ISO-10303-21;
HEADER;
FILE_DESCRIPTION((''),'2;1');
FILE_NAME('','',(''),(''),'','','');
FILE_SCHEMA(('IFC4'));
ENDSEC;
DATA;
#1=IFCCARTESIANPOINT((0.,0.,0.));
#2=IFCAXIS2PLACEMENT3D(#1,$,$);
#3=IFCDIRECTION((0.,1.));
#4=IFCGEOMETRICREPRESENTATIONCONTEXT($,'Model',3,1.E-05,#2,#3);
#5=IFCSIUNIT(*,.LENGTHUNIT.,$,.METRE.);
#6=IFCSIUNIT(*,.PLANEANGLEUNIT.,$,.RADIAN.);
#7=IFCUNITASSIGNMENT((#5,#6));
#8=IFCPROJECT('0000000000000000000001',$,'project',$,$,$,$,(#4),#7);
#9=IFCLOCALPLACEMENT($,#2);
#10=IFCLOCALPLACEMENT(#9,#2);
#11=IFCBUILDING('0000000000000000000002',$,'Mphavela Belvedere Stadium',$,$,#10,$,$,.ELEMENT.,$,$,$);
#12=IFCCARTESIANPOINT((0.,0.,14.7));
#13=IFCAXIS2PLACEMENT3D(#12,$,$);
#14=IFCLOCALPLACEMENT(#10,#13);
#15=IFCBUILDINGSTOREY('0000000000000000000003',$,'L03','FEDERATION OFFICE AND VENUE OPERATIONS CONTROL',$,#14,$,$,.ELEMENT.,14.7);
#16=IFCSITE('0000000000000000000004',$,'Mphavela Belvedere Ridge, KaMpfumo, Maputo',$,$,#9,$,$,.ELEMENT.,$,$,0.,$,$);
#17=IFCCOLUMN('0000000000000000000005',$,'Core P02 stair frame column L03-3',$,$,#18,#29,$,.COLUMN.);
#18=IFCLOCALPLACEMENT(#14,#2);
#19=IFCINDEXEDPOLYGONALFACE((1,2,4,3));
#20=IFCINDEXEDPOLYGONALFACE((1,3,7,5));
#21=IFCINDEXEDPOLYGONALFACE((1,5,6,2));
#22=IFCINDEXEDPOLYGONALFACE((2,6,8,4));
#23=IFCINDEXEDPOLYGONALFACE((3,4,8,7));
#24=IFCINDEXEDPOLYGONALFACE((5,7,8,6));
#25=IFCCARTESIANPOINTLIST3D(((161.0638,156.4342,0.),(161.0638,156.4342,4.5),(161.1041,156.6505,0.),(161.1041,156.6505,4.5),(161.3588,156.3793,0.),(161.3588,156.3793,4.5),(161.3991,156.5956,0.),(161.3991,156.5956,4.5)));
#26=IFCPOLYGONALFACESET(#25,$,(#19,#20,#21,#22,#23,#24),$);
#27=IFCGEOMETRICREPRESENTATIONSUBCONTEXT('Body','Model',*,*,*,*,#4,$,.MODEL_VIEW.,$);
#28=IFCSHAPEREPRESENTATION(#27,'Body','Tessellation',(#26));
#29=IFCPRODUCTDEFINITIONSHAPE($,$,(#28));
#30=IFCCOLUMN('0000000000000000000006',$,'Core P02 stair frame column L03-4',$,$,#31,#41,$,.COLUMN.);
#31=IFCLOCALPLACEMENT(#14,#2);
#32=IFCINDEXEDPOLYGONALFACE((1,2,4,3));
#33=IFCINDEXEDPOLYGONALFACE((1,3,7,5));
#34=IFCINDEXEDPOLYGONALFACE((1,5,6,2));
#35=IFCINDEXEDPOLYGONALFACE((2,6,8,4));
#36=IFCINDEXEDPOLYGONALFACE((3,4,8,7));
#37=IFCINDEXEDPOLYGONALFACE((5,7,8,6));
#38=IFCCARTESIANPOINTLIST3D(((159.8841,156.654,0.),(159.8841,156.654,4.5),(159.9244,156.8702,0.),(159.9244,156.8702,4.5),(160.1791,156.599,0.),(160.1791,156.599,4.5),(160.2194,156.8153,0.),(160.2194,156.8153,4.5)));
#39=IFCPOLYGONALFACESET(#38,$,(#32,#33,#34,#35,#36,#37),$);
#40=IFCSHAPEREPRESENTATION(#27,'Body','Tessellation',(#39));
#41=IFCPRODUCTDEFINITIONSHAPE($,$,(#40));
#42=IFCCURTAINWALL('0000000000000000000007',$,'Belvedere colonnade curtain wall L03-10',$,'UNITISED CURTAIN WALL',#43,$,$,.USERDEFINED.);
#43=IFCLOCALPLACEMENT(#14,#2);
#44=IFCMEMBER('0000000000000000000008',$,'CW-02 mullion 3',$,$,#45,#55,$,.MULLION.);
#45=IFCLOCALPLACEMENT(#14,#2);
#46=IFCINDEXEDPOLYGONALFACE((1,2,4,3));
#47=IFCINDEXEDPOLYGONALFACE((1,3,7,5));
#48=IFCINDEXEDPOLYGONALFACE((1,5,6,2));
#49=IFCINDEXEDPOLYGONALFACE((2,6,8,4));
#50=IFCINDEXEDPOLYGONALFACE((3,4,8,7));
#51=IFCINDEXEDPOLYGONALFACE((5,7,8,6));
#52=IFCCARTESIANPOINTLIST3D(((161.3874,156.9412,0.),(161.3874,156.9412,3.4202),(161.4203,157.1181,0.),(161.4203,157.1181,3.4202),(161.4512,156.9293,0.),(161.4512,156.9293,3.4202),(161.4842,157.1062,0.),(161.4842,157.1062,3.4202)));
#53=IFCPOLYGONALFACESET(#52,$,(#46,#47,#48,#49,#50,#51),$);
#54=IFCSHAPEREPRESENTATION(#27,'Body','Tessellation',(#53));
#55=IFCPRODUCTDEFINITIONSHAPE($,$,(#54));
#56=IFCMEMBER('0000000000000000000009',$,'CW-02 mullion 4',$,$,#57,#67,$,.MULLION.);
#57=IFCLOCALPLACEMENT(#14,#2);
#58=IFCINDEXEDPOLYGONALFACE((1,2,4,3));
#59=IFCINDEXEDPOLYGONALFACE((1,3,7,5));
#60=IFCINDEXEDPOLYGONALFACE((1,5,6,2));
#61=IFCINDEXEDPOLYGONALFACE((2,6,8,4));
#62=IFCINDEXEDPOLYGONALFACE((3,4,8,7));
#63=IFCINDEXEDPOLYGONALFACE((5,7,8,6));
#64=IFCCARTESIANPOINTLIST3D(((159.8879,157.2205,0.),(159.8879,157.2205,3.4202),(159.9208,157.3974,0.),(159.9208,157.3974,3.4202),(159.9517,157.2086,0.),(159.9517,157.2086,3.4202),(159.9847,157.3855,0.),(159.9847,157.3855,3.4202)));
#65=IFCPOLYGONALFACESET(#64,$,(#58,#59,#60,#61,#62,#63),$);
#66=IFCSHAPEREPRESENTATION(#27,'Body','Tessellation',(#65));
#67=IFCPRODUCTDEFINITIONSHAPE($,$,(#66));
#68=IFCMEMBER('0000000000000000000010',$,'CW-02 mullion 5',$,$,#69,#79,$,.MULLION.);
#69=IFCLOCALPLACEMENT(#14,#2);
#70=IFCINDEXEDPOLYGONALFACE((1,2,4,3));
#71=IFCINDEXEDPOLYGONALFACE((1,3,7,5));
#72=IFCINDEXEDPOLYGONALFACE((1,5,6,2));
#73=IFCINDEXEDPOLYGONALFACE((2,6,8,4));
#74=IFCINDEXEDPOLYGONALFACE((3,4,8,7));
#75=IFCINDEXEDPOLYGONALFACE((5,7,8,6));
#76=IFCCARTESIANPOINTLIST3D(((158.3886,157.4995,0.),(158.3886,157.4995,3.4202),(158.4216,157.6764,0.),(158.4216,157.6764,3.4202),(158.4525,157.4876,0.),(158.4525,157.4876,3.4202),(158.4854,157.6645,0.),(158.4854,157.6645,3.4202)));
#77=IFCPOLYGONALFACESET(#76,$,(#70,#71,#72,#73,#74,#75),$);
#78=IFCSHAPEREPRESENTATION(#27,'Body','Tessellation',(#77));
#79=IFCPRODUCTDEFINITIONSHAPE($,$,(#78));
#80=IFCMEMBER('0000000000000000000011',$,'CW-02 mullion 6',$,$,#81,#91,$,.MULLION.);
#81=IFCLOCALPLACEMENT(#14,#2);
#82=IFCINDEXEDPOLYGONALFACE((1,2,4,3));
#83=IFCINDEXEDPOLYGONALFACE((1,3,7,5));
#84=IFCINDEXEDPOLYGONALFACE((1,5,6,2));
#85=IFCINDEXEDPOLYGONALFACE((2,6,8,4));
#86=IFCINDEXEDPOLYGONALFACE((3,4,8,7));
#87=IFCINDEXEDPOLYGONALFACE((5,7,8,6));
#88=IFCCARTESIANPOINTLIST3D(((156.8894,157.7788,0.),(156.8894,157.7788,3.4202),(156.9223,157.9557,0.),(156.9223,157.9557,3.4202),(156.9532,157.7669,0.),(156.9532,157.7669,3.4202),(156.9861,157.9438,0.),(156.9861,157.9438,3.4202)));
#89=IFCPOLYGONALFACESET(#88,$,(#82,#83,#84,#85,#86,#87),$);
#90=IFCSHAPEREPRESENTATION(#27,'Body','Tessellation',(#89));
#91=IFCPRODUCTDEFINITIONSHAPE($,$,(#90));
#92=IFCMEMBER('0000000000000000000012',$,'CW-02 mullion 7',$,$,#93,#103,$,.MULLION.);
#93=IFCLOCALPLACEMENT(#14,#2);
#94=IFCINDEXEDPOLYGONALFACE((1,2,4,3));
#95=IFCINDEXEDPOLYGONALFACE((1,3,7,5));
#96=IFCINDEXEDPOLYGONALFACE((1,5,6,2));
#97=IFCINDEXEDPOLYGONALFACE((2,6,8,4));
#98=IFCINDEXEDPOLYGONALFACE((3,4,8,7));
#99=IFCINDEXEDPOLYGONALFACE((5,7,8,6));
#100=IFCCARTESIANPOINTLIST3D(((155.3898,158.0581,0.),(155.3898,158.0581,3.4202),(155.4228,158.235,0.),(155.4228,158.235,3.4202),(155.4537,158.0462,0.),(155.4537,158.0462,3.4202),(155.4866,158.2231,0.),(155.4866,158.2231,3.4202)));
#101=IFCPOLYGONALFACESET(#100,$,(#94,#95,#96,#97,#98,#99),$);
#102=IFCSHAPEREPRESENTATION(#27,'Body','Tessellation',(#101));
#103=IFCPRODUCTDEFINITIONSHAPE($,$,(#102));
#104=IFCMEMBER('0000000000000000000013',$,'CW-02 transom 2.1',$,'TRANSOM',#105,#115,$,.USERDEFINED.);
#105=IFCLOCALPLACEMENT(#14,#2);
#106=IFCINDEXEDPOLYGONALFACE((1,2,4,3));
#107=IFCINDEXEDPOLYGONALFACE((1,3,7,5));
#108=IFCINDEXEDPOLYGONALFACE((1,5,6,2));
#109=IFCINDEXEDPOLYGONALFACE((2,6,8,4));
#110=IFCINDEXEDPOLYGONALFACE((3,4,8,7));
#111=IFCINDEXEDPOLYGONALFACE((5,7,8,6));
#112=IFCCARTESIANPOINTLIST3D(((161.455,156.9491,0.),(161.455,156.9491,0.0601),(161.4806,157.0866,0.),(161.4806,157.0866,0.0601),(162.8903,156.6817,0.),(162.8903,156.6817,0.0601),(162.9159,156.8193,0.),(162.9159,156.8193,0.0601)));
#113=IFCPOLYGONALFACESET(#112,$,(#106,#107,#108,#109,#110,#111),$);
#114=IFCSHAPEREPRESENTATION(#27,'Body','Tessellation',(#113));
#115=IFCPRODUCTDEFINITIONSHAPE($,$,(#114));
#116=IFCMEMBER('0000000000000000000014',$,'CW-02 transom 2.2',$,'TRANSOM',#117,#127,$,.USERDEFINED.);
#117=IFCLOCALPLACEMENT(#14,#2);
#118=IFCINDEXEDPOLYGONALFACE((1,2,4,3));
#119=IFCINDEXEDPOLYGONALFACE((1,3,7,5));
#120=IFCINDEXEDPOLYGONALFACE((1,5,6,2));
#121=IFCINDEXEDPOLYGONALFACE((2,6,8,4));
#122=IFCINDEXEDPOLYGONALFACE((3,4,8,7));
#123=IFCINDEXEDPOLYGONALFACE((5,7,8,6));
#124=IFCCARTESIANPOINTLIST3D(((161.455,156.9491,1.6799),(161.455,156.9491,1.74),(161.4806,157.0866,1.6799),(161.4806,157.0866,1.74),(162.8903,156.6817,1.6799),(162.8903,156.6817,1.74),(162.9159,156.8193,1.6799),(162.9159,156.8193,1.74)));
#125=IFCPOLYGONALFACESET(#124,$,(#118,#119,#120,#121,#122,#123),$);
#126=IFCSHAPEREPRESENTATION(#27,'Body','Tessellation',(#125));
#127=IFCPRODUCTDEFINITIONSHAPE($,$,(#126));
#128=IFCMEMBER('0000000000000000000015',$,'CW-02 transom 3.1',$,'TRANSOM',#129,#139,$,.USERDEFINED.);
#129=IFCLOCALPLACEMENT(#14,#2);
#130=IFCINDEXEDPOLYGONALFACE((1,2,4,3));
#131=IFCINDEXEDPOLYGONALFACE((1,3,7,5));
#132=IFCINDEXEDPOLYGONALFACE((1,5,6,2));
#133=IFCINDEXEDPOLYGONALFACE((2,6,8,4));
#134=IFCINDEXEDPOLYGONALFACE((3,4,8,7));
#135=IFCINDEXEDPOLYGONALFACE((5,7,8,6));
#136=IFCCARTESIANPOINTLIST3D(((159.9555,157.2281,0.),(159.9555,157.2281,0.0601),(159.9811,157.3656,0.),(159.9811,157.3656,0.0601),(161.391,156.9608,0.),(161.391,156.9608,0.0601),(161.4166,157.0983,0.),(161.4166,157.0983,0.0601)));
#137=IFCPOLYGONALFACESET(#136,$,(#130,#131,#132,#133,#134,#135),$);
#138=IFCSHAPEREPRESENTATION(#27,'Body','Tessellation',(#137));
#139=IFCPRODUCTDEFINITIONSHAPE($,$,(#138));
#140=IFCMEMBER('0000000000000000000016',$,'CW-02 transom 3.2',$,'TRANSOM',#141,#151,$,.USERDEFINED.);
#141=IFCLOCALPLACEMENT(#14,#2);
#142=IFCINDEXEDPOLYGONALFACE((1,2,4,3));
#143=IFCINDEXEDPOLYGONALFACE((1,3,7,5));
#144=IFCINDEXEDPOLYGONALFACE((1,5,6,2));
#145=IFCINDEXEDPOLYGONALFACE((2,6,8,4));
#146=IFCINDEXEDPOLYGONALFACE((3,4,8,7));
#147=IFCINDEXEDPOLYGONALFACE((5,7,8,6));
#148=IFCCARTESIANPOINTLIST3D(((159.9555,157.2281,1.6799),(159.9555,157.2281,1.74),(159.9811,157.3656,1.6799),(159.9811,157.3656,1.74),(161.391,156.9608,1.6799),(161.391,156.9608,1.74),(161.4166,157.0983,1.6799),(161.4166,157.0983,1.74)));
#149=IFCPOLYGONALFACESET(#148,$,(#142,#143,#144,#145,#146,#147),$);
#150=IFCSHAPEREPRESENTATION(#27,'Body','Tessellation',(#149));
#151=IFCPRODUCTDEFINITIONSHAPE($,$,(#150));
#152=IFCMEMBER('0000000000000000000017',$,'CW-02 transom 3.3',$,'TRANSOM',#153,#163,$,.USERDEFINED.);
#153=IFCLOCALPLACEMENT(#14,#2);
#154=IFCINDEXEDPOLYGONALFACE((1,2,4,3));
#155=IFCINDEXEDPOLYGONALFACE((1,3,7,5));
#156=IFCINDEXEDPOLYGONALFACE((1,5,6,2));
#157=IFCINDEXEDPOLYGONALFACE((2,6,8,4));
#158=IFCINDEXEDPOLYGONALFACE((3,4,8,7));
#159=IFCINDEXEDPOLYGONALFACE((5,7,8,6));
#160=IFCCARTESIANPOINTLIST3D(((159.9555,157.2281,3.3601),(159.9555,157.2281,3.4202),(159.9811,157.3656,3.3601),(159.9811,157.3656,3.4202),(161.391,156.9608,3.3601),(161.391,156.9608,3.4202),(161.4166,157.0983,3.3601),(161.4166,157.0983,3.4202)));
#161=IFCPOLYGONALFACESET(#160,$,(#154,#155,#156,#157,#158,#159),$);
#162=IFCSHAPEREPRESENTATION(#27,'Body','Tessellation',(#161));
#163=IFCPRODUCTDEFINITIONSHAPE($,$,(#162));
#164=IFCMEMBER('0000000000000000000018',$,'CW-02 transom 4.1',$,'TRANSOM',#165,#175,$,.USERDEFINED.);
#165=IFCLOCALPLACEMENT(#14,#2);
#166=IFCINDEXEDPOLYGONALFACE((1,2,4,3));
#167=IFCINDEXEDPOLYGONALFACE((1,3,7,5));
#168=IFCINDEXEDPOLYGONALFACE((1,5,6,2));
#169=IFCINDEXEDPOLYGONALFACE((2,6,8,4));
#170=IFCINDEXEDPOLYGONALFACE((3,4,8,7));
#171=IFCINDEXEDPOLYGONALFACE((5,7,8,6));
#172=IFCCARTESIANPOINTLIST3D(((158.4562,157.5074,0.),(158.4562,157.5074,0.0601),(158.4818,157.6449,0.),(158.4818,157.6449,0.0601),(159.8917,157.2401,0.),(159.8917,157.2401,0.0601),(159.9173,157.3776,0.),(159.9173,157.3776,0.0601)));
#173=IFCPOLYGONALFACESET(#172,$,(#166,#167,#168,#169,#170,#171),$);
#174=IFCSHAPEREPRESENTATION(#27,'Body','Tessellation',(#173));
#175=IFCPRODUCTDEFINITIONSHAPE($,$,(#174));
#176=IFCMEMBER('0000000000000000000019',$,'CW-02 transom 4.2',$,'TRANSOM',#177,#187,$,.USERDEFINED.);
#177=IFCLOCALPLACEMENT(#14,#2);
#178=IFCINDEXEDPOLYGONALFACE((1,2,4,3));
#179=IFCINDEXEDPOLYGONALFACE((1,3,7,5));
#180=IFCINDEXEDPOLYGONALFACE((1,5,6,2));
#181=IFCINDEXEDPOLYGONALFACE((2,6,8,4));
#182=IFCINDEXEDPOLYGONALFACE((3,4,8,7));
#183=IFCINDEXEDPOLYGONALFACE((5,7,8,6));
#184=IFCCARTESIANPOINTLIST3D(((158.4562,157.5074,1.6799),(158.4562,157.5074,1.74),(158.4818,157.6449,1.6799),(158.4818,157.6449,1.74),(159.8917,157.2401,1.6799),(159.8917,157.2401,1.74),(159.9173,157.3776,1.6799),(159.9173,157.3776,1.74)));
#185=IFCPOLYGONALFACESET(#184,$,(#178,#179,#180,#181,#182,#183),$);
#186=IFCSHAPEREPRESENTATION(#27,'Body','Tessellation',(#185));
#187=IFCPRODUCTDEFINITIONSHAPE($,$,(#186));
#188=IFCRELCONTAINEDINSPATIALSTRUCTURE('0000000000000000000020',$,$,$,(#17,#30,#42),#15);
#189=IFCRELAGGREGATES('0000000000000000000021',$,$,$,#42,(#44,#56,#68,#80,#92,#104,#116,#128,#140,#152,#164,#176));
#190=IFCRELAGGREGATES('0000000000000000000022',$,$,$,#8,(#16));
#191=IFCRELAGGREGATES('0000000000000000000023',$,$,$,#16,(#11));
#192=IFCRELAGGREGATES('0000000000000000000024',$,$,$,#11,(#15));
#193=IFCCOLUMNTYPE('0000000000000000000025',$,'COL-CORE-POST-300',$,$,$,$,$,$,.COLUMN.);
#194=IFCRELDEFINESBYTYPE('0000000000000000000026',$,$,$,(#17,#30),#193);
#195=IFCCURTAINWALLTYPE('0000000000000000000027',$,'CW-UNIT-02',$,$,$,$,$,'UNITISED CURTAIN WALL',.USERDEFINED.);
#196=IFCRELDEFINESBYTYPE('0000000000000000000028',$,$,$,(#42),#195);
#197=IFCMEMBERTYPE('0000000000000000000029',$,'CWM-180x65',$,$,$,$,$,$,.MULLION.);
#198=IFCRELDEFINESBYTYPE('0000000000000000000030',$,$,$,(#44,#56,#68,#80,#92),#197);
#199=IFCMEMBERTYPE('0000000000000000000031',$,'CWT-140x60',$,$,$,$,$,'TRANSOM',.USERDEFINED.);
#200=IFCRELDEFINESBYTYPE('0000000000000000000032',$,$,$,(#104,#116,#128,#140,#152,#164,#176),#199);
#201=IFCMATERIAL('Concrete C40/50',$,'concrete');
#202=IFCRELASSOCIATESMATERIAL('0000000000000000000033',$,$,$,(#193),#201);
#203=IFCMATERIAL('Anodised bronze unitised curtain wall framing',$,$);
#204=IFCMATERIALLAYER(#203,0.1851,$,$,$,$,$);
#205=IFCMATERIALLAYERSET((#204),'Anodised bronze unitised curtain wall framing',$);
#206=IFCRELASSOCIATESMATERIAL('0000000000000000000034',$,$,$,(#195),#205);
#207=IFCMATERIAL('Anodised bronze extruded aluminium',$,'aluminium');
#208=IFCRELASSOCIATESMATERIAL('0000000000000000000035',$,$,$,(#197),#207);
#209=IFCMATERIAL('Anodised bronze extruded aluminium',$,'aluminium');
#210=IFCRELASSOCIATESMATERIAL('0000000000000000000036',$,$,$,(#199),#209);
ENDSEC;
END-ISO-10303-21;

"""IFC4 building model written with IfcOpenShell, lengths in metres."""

from ifc_helpers import new_model, si_unit, direction, frame, origin, origin_2d, place, context, subcontext, project, spatial, rectangle, extrude, material, layer, layer_set, material_profile, profile_set, type_object, element, aggregate, save


model = new_model("IFC4")

# Units and contexts
model_context = context("Model", 3, precision=1e-05, world=origin(), true_north=direction((0.0, 1.0)))
body_context = subcontext(model_context, "Body", "Model", "MODEL_VIEW")
ifc_project = project(units=[si_unit("LENGTHUNIT", "METRE"), si_unit("PLANEANGLEUNIT", "RADIAN")], contexts=[model_context])

# Site, building, storey
site_placement = place(None, origin())
site = spatial("IfcSite", under=ifc_project, at=site_placement, Name="Mphavela Belvedere Ridge, KaMpfumo, Maputo", CompositionType="ELEMENT", RefElevation=0.0)
building_placement = place(site_placement, origin())
building = spatial("IfcBuilding", under=site, at=building_placement, Name="Mphavela Belvedere Stadium", CompositionType="ELEMENT")
storey_placement = place(building_placement, frame((0.0, 0.0, 14.7)))
storey = spatial("IfcBuildingStorey", under=building, at=storey_placement, Name="L03", Description="FEDERATION OFFICE AND VENUE OPERATIONS CONTROL", CompositionType="ELEMENT", Elevation=14.7)

# Columns
ifc_material_1 = material(Name="Concrete C40/50", Category="concrete")
ifc_material_profile_1 = material_profile(ifc_material_1, rectangle(XDim=0.3, YDim=0.22, at=origin_2d()), Name="RC 300x220")
ifc_profile_set_1 = profile_set([ifc_material_profile_1], Name="Concrete C40/50")
column_type = type_object("IfcColumnType", Name="COL-CORE-POST-300", PredefinedType="COLUMN", material=ifc_profile_set_1)
for number, where, z_axis, x_axis, name in (
    (1, (161.2314, 156.5149, 0.0), (0.0, 0.0, 1.0), (0.983096, -0.183094, 0.0), "Core P02 stair frame column L03-3"),
    (2, (160.0518, 156.7346, 0.0), (0.0, 0.0, 1.0), (0.983096, -0.183094, 0.0), "Core P02 stair frame column L03-4"),
):
    element("IfcColumn", number, at=place(storey_placement, frame(where, z_axis=z_axis, x_axis=x_axis)), inside=storey, type_object=column_type, Name=name, PredefinedType="COLUMN", context=body_context, shape_type="SweptSolid", body=[
        extrude(rectangle(XDim=0.3, YDim=0.22, at=origin_2d()), origin(), (0.0, 0.0, 1.0), 4.5),
    ])

# Curtain wall, members
ifc_material_2 = material(Name="Anodised bronze unitised curtain wall framing")
ifc_layer_1 = layer(ifc_material_2, 0.1851)
ifc_layer_set_1 = layer_set([ifc_layer_1], Name="Anodised bronze unitised curtain wall framing")
curtain_wall_type = type_object("IfcCurtainWallType", Name="CW-UNIT-02", ElementType="UNITISED CURTAIN WALL", PredefinedType="USERDEFINED", material=ifc_layer_set_1)
curtain_wall_placement = place(storey_placement, origin())
curtain_wall = element("IfcCurtainWall", 3, at=curtain_wall_placement, inside=storey, type_object=curtain_wall_type, Name="Belvedere colonnade curtain wall L03-10", ObjectType="UNITISED CURTAIN WALL", PredefinedType="USERDEFINED")
ifc_material_3 = material(Name="Anodised bronze extruded aluminium", Category="aluminium")
ifc_material_profile_2 = material_profile(ifc_material_3, rectangle(XDim=0.1799, YDim=0.0649, at=origin_2d()), Name="CW-MUL 180x65")
ifc_profile_set_2 = profile_set([ifc_material_profile_2], Name="Anodised bronze extruded aluminium")
member_type_1 = type_object("IfcMemberType", Name="CWM-180x65", PredefinedType="MULLION", material=ifc_profile_set_2)
member_1_placement = place(storey_placement, frame((161.4358, 157.0237, 0.0), z_axis=(0.0, 0.0, 1.0), x_axis=(-0.183088, -0.983097, 0.0)))
member_1 = element("IfcMember", 4, at=member_1_placement, type_object=member_type_1, Name="CW-02 mullion 3", PredefinedType="MULLION", context=body_context, shape_type="SweptSolid", body=[
    extrude(rectangle(XDim=0.1799, YDim=0.0649, at=origin_2d()), origin(), (0.0, 0.0, 1.0), 3.4202),
])
member_2_placement = place(storey_placement, frame((159.9363, 157.303, 0.0), z_axis=(0.0, 0.0, 1.0), x_axis=(-0.183088, -0.983097, 0.0)))
member_2 = element("IfcMember", 5, at=member_2_placement, type_object=member_type_1, Name="CW-02 mullion 4", PredefinedType="MULLION", context=body_context, shape_type="SweptSolid", body=[
    extrude(rectangle(XDim=0.1799, YDim=0.0649, at=origin_2d()), origin(), (0.0, 0.0, 1.0), 3.4202),
])
member_3_placement = place(storey_placement, frame((158.437, 157.582, 0.0), z_axis=(0.0, 0.0, 1.0), x_axis=(-0.183088, -0.983097, 0.0)))
member_3 = element("IfcMember", 6, at=member_3_placement, type_object=member_type_1, Name="CW-02 mullion 5", PredefinedType="MULLION", context=body_context, shape_type="SweptSolid", body=[
    extrude(rectangle(XDim=0.1799, YDim=0.0649, at=origin_2d()), origin(), (0.0, 0.0, 1.0), 3.4202),
])
member_4_placement = place(storey_placement, frame((156.9377, 157.8613, 0.0), z_axis=(0.0, 0.0, 1.0), x_axis=(-0.183088, -0.983097, 0.0)))
member_4 = element("IfcMember", 7, at=member_4_placement, type_object=member_type_1, Name="CW-02 mullion 6", PredefinedType="MULLION", context=body_context, shape_type="SweptSolid", body=[
    extrude(rectangle(XDim=0.1799, YDim=0.0649, at=origin_2d()), origin(), (0.0, 0.0, 1.0), 3.4202),
])
member_5_placement = place(storey_placement, frame((155.4382, 158.1406, 0.0), z_axis=(0.0, 0.0, 1.0), x_axis=(-0.183088, -0.983097, 0.0)))
member_5 = element("IfcMember", 8, at=member_5_placement, type_object=member_type_1, Name="CW-02 mullion 7", PredefinedType="MULLION", context=body_context, shape_type="SweptSolid", body=[
    extrude(rectangle(XDim=0.1799, YDim=0.0649, at=origin_2d()), origin(), (0.0, 0.0, 1.0), 3.4202),
])
ifc_material_4 = material(Name="Anodised bronze extruded aluminium", Category="aluminium")
ifc_material_profile_3 = material_profile(ifc_material_4, rectangle(XDim=0.1399, YDim=0.0601, at=origin_2d()), Name="CW-TRN 140x60")
ifc_profile_set_3 = profile_set([ifc_material_profile_3], Name="Anodised bronze extruded aluminium")
member_type_2 = type_object("IfcMemberType", Name="CWT-140x60", ElementType="TRANSOM", PredefinedType="USERDEFINED", material=ifc_profile_set_3)
member_6_placement = place(storey_placement, frame((162.9031, 156.7505, 0.03), z_axis=(-0.983093, 0.183107, 0.0), x_axis=(-0.183107, -0.983093, 0.0)))
member_6 = element("IfcMember", 9, at=member_6_placement, type_object=member_type_2, Name="CW-02 transom 2.1", ObjectType="TRANSOM", PredefinedType="USERDEFINED", context=body_context, shape_type="SweptSolid", body=[
    extrude(rectangle(XDim=0.1399, YDim=0.0601, at=origin_2d()), origin(), (0.0, 0.0, 1.0), 1.46),
])
member_7_placement = place(storey_placement, frame((162.9031, 156.7505, 1.71), z_axis=(-0.983093, 0.183107, 0.0), x_axis=(-0.183107, -0.983093, 0.0)))
member_7 = element("IfcMember", 10, at=member_7_placement, type_object=member_type_2, Name="CW-02 transom 2.2", ObjectType="TRANSOM", PredefinedType="USERDEFINED", context=body_context, shape_type="SweptSolid", body=[
    extrude(rectangle(XDim=0.1399, YDim=0.0601, at=origin_2d()), origin(), (0.0, 0.0, 1.0), 1.46),
])
member_8_placement = place(storey_placement, frame((161.4038, 157.0295, 0.03), z_axis=(-0.983099, 0.183077, 0.0), x_axis=(-0.183077, -0.983099, 0.0)))
member_8 = element("IfcMember", 11, at=member_8_placement, type_object=member_type_2, Name="CW-02 transom 3.1", ObjectType="TRANSOM", PredefinedType="USERDEFINED", context=body_context, shape_type="SweptSolid", body=[
    extrude(rectangle(XDim=0.1399, YDim=0.0601, at=origin_2d()), origin(), (0.0, 0.0, 1.0), 1.4602),
])
member_9_placement = place(storey_placement, frame((161.4038, 157.0295, 1.71), z_axis=(-0.983099, 0.183077, 0.0), x_axis=(-0.183077, -0.983099, 0.0)))
member_9 = element("IfcMember", 12, at=member_9_placement, type_object=member_type_2, Name="CW-02 transom 3.2", ObjectType="TRANSOM", PredefinedType="USERDEFINED", context=body_context, shape_type="SweptSolid", body=[
    extrude(rectangle(XDim=0.1399, YDim=0.0601, at=origin_2d()), origin(), (0.0, 0.0, 1.0), 1.4602),
])
member_10_placement = place(storey_placement, frame((161.4038, 157.0295, 3.3901), z_axis=(-0.983099, 0.183077, 0.0), x_axis=(-0.183077, -0.983099, 0.0)))
member_10 = element("IfcMember", 13, at=member_10_placement, type_object=member_type_2, Name="CW-02 transom 3.3", ObjectType="TRANSOM", PredefinedType="USERDEFINED", context=body_context, shape_type="SweptSolid", body=[
    extrude(rectangle(XDim=0.1399, YDim=0.0601, at=origin_2d()), origin(), (0.0, 0.0, 1.0), 1.4602),
])
member_11_placement = place(storey_placement, frame((159.9045, 157.3088, 0.03), z_axis=(-0.983099, 0.183077, 0.0), x_axis=(-0.183077, -0.983099, 0.0)))
member_11 = element("IfcMember", 14, at=member_11_placement, type_object=member_type_2, Name="CW-02 transom 4.1", ObjectType="TRANSOM", PredefinedType="USERDEFINED", context=body_context, shape_type="SweptSolid", body=[
    extrude(rectangle(XDim=0.1399, YDim=0.0601, at=origin_2d()), origin(), (0.0, 0.0, 1.0), 1.4602),
])
member_12_placement = place(storey_placement, frame((159.9045, 157.3088, 1.71), z_axis=(-0.983099, 0.183077, 0.0), x_axis=(-0.183077, -0.983099, 0.0)))
member_12 = element("IfcMember", 15, at=member_12_placement, type_object=member_type_2, Name="CW-02 transom 4.2", ObjectType="TRANSOM", PredefinedType="USERDEFINED", context=body_context, shape_type="SweptSolid", body=[
    extrude(rectangle(XDim=0.1399, YDim=0.0601, at=origin_2d()), origin(), (0.0, 0.0, 1.0), 1.4602),
])
aggregate(curtain_wall, [member_1, member_2, member_3, member_4, member_5, member_6, member_7, member_8, member_9, member_10, member_11, member_12])

save(model, "model.ifc")
